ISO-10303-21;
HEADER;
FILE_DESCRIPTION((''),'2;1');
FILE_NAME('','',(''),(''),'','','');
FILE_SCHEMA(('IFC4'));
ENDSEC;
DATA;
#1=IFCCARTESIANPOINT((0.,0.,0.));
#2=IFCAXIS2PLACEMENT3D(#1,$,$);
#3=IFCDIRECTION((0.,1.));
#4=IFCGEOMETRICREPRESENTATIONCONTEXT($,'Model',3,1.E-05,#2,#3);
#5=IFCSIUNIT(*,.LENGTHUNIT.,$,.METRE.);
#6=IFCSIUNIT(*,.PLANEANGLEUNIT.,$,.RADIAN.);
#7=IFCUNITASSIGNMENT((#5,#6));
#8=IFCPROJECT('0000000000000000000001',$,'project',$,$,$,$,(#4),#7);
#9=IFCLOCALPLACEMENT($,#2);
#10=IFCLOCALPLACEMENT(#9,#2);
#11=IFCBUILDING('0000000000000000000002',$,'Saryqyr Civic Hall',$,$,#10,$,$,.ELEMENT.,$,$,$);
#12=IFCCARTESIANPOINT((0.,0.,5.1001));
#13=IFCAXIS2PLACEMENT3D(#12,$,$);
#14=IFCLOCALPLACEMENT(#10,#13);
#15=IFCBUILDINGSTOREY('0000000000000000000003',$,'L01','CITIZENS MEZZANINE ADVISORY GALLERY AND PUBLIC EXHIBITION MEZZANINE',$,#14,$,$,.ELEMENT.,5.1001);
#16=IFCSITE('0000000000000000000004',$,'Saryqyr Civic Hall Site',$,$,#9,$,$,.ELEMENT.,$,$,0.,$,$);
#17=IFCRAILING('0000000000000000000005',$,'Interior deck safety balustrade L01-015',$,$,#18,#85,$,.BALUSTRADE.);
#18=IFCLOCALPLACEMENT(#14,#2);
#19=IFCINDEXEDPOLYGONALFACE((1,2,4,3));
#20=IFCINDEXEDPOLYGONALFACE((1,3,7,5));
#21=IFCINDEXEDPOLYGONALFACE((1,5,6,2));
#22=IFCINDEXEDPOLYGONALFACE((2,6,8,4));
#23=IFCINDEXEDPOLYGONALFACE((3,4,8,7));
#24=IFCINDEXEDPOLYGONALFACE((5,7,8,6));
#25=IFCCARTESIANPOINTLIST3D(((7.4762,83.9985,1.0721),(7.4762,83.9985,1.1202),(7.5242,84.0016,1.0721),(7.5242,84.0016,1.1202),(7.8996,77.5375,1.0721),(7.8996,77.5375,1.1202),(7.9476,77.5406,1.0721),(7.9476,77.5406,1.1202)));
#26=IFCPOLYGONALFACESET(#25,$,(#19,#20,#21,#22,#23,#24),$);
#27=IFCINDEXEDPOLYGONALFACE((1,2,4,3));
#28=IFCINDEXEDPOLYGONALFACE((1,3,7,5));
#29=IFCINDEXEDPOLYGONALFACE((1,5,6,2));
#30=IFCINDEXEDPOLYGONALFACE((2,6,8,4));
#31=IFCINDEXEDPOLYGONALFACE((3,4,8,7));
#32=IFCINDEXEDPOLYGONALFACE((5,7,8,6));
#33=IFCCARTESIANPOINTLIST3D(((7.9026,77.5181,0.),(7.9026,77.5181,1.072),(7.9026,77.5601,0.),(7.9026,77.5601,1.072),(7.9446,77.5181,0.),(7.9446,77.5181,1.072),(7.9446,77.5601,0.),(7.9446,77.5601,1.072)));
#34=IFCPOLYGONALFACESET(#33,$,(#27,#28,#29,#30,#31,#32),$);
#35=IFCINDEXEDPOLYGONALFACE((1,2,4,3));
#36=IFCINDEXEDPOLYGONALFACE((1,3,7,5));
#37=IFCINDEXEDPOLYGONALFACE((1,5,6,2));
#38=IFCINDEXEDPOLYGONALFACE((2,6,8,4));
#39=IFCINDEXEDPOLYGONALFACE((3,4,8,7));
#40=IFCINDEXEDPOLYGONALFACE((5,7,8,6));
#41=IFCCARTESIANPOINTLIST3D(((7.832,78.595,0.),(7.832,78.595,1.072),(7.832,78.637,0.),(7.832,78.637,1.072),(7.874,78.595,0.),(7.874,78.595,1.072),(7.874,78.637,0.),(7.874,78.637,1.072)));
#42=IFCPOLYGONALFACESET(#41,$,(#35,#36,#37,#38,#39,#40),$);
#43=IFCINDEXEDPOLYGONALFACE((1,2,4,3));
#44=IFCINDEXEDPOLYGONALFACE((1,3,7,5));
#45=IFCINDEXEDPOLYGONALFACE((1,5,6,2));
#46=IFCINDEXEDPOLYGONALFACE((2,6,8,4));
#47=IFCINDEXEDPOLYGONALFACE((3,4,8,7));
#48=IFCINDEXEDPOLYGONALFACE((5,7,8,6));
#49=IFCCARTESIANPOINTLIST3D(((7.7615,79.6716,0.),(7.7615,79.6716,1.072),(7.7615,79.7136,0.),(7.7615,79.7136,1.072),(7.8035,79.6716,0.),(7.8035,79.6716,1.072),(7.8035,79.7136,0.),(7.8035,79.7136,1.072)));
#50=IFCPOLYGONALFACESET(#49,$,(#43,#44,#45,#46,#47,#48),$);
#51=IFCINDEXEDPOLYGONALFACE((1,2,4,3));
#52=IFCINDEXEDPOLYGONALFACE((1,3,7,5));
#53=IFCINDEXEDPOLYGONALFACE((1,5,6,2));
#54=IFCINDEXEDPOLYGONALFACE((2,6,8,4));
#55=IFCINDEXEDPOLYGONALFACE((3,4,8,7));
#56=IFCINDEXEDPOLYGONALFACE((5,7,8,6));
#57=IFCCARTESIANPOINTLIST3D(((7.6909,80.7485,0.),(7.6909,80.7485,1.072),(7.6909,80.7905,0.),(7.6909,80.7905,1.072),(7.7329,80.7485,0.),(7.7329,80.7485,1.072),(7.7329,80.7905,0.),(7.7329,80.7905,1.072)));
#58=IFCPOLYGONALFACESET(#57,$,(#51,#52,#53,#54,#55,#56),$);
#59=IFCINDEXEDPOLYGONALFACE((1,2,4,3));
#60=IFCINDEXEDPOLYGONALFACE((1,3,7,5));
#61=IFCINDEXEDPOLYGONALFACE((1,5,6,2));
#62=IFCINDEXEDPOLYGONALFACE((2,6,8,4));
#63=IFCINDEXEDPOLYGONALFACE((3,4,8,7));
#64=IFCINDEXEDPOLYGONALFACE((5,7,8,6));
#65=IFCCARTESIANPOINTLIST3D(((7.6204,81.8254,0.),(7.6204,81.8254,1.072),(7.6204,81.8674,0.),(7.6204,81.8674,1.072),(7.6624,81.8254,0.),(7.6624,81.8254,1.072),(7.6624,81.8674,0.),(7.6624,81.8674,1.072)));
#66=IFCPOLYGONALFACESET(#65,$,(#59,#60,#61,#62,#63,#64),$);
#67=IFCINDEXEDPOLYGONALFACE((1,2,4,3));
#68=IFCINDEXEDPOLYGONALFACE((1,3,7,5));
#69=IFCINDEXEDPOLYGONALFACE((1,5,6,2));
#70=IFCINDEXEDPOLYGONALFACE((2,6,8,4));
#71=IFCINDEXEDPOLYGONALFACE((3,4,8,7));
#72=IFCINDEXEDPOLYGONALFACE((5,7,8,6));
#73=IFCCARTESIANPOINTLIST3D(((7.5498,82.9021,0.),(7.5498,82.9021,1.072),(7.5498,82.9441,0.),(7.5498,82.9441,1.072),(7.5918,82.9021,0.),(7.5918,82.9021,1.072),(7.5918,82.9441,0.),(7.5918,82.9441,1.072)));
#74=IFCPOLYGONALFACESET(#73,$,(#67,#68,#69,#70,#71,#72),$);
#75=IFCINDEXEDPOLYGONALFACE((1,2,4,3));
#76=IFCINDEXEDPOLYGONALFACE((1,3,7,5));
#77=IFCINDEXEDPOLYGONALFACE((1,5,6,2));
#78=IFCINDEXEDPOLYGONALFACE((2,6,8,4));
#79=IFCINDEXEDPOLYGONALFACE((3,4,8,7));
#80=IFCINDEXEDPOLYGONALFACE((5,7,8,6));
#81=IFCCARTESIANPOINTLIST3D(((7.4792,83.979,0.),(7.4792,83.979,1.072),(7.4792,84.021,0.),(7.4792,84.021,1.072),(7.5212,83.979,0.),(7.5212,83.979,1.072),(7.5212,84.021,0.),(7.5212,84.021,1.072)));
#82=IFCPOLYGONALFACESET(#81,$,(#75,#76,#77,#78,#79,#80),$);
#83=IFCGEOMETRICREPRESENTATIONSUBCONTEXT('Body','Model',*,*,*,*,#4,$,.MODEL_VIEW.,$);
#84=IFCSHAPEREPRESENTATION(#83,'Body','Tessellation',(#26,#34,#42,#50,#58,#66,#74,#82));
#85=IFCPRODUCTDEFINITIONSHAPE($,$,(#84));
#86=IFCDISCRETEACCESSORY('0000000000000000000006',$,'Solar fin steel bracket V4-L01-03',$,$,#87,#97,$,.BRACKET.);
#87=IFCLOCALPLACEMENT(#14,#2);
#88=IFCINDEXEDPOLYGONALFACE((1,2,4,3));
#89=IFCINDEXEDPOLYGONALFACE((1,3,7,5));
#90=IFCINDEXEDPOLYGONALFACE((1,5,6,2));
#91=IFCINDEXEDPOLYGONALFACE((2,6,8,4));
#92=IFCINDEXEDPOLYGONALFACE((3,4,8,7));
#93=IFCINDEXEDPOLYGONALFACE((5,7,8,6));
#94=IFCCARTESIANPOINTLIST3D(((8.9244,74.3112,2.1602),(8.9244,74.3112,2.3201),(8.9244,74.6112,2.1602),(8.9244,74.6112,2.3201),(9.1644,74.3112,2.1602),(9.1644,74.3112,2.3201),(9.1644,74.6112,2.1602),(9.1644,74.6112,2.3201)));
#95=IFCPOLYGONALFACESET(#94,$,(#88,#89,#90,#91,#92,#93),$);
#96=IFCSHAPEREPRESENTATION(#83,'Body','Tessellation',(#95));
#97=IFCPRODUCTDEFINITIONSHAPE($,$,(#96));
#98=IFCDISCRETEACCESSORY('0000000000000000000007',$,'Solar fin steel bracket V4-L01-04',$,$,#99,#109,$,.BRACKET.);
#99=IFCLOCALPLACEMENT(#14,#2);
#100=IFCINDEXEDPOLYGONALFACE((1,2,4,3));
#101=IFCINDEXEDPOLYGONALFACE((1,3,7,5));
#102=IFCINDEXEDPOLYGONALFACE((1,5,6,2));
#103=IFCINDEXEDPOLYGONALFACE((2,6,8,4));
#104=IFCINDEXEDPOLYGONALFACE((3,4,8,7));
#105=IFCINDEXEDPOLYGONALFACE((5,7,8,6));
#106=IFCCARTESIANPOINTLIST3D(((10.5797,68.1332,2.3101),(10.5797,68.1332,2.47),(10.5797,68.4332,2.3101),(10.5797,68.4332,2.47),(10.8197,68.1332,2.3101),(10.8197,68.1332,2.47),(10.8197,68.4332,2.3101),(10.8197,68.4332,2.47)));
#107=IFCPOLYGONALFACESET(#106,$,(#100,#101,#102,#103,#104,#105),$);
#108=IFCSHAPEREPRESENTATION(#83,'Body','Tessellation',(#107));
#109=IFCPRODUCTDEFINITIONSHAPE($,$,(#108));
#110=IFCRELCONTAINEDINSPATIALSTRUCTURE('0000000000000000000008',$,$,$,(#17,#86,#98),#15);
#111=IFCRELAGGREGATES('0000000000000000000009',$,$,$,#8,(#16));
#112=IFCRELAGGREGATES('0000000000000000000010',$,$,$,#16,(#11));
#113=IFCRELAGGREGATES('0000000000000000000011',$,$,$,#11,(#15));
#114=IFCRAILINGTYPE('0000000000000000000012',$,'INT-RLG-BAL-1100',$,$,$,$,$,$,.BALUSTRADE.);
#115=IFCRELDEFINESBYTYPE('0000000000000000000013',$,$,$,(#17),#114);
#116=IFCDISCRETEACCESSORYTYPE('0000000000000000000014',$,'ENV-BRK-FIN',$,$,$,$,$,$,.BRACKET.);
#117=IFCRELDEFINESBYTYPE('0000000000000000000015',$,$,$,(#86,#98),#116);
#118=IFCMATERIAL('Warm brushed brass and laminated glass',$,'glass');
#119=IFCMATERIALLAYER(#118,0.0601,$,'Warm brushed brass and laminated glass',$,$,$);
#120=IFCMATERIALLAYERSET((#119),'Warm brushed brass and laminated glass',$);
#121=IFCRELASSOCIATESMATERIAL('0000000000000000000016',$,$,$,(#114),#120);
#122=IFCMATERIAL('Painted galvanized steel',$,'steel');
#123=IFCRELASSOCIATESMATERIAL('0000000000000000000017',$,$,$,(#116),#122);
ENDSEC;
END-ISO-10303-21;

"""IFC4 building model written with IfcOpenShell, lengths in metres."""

from ifc_helpers import new_model, si_unit, direction, frame, origin, origin_2d, place, context, subcontext, project, spatial, rectangle, extrude, material, layer, layer_set, type_object, element, save


model = new_model("IFC4")

# Units and contexts
model_context = context("Model", 3, precision=1e-05, world=origin(), true_north=direction((0.0, 1.0)))
body_context = subcontext(model_context, "Body", "Model", "MODEL_VIEW")
ifc_project = project(units=[si_unit("LENGTHUNIT", "METRE"), si_unit("PLANEANGLEUNIT", "RADIAN")], contexts=[model_context])

# Site, building, storey
site_placement = place(None, origin())
site = spatial("IfcSite", under=ifc_project, at=site_placement, Name="Saryqyr Civic Hall Site", CompositionType="ELEMENT", RefElevation=0.0)
building_placement = place(site_placement, origin())
building = spatial("IfcBuilding", under=site, at=building_placement, Name="Saryqyr Civic Hall", CompositionType="ELEMENT")
storey_placement = place(building_placement, frame((0.0, 0.0, 5.1001)))
storey = spatial("IfcBuildingStorey", under=building, at=storey_placement, Name="L01", Description="CITIZENS MEZZANINE ADVISORY GALLERY AND PUBLIC EXHIBITION MEZZANINE", CompositionType="ELEMENT", Elevation=5.1001)

# Railing
ifc_material_1 = material(Name="Warm brushed brass and laminated glass", Category="glass")
ifc_layer_1 = layer(ifc_material_1, 0.0601, Name="Warm brushed brass and laminated glass")
ifc_layer_set_1 = layer_set([ifc_layer_1], Name="Warm brushed brass and laminated glass")
railing_type = type_object("IfcRailingType", Name="INT-RLG-BAL-1100", PredefinedType="BALUSTRADE", material=ifc_layer_set_1)
railing_1_placement = place(storey_placement, frame((7.9236, 77.5391, 0.0)))
element("IfcRailing", 1, at=railing_1_placement, inside=storey, type_object=railing_type, Name="Interior deck safety balustrade L01-015", PredefinedType="BALUSTRADE", context=body_context, shape_type="SweptSolid", body=[
    extrude(rectangle(XDim=0.0481, YDim=0.0481, at=origin_2d()), frame((0.0, 0.0, 1.0962), z_axis=(-0.065383, 0.99786, 0.0), x_axis=(-0.99786, -0.065383, 0.0)), (0.0, 0.0, 1.0), 6.4749),
    extrude(rectangle(XDim=0.042, YDim=0.042, at=origin_2d()), origin(), (0.0, 0.0, 1.0), 1.072),
    extrude(rectangle(XDim=0.042, YDim=0.042, at=origin_2d()), frame((-0.0706, 1.0769, 0.0)), (0.0, 0.0, 1.0), 1.072),
    extrude(rectangle(XDim=0.042, YDim=0.042, at=origin_2d()), frame((-0.1411, 2.1536, 0.0)), (0.0, 0.0, 1.0), 1.072),
    extrude(rectangle(XDim=0.042, YDim=0.042, at=origin_2d()), frame((-0.2117, 3.2305, 0.0)), (0.0, 0.0, 1.0), 1.072),
    extrude(rectangle(XDim=0.042, YDim=0.042, at=origin_2d()), frame((-0.2822, 4.3074, 0.0)), (0.0, 0.0, 1.0), 1.072),
    extrude(rectangle(XDim=0.042, YDim=0.042, at=origin_2d()), frame((-0.3528, 5.384, 0.0)), (0.0, 0.0, 1.0), 1.072),
    extrude(rectangle(XDim=0.042, YDim=0.042, at=origin_2d()), frame((-0.4233, 6.4609, 0.0)), (0.0, 0.0, 1.0), 1.072),
])

# Discrete accessories
ifc_material_2 = material(Name="Painted galvanized steel", Category="steel")
discrete_accessory_type = type_object("IfcDiscreteAccessoryType", Name="ENV-BRK-FIN", PredefinedType="BRACKET", material=ifc_material_2)
for number, where, z_axis, x_axis, name in (
    (2, (9.0444, 74.4612, 2.1602), (0.0, 0.0, 1.0), (1.0, 0.0, 0.0), "Solar fin steel bracket V4-L01-03"),
    (3, (10.6997, 68.2832, 2.3101), (0.0, 0.0, 1.0), (1.0, 0.0, 0.0), "Solar fin steel bracket V4-L01-04"),
):
    element("IfcDiscreteAccessory", number, at=place(storey_placement, frame(where, z_axis=z_axis, x_axis=x_axis)), inside=storey, type_object=discrete_accessory_type, Name=name, PredefinedType="BRACKET", context=body_context, shape_type="SweptSolid", body=[
        extrude(rectangle(XDim=0.24, YDim=0.3, at=origin_2d()), origin(), (0.0, 0.0, 1.0), 0.1599),
    ])

save(model, "model.ifc")
